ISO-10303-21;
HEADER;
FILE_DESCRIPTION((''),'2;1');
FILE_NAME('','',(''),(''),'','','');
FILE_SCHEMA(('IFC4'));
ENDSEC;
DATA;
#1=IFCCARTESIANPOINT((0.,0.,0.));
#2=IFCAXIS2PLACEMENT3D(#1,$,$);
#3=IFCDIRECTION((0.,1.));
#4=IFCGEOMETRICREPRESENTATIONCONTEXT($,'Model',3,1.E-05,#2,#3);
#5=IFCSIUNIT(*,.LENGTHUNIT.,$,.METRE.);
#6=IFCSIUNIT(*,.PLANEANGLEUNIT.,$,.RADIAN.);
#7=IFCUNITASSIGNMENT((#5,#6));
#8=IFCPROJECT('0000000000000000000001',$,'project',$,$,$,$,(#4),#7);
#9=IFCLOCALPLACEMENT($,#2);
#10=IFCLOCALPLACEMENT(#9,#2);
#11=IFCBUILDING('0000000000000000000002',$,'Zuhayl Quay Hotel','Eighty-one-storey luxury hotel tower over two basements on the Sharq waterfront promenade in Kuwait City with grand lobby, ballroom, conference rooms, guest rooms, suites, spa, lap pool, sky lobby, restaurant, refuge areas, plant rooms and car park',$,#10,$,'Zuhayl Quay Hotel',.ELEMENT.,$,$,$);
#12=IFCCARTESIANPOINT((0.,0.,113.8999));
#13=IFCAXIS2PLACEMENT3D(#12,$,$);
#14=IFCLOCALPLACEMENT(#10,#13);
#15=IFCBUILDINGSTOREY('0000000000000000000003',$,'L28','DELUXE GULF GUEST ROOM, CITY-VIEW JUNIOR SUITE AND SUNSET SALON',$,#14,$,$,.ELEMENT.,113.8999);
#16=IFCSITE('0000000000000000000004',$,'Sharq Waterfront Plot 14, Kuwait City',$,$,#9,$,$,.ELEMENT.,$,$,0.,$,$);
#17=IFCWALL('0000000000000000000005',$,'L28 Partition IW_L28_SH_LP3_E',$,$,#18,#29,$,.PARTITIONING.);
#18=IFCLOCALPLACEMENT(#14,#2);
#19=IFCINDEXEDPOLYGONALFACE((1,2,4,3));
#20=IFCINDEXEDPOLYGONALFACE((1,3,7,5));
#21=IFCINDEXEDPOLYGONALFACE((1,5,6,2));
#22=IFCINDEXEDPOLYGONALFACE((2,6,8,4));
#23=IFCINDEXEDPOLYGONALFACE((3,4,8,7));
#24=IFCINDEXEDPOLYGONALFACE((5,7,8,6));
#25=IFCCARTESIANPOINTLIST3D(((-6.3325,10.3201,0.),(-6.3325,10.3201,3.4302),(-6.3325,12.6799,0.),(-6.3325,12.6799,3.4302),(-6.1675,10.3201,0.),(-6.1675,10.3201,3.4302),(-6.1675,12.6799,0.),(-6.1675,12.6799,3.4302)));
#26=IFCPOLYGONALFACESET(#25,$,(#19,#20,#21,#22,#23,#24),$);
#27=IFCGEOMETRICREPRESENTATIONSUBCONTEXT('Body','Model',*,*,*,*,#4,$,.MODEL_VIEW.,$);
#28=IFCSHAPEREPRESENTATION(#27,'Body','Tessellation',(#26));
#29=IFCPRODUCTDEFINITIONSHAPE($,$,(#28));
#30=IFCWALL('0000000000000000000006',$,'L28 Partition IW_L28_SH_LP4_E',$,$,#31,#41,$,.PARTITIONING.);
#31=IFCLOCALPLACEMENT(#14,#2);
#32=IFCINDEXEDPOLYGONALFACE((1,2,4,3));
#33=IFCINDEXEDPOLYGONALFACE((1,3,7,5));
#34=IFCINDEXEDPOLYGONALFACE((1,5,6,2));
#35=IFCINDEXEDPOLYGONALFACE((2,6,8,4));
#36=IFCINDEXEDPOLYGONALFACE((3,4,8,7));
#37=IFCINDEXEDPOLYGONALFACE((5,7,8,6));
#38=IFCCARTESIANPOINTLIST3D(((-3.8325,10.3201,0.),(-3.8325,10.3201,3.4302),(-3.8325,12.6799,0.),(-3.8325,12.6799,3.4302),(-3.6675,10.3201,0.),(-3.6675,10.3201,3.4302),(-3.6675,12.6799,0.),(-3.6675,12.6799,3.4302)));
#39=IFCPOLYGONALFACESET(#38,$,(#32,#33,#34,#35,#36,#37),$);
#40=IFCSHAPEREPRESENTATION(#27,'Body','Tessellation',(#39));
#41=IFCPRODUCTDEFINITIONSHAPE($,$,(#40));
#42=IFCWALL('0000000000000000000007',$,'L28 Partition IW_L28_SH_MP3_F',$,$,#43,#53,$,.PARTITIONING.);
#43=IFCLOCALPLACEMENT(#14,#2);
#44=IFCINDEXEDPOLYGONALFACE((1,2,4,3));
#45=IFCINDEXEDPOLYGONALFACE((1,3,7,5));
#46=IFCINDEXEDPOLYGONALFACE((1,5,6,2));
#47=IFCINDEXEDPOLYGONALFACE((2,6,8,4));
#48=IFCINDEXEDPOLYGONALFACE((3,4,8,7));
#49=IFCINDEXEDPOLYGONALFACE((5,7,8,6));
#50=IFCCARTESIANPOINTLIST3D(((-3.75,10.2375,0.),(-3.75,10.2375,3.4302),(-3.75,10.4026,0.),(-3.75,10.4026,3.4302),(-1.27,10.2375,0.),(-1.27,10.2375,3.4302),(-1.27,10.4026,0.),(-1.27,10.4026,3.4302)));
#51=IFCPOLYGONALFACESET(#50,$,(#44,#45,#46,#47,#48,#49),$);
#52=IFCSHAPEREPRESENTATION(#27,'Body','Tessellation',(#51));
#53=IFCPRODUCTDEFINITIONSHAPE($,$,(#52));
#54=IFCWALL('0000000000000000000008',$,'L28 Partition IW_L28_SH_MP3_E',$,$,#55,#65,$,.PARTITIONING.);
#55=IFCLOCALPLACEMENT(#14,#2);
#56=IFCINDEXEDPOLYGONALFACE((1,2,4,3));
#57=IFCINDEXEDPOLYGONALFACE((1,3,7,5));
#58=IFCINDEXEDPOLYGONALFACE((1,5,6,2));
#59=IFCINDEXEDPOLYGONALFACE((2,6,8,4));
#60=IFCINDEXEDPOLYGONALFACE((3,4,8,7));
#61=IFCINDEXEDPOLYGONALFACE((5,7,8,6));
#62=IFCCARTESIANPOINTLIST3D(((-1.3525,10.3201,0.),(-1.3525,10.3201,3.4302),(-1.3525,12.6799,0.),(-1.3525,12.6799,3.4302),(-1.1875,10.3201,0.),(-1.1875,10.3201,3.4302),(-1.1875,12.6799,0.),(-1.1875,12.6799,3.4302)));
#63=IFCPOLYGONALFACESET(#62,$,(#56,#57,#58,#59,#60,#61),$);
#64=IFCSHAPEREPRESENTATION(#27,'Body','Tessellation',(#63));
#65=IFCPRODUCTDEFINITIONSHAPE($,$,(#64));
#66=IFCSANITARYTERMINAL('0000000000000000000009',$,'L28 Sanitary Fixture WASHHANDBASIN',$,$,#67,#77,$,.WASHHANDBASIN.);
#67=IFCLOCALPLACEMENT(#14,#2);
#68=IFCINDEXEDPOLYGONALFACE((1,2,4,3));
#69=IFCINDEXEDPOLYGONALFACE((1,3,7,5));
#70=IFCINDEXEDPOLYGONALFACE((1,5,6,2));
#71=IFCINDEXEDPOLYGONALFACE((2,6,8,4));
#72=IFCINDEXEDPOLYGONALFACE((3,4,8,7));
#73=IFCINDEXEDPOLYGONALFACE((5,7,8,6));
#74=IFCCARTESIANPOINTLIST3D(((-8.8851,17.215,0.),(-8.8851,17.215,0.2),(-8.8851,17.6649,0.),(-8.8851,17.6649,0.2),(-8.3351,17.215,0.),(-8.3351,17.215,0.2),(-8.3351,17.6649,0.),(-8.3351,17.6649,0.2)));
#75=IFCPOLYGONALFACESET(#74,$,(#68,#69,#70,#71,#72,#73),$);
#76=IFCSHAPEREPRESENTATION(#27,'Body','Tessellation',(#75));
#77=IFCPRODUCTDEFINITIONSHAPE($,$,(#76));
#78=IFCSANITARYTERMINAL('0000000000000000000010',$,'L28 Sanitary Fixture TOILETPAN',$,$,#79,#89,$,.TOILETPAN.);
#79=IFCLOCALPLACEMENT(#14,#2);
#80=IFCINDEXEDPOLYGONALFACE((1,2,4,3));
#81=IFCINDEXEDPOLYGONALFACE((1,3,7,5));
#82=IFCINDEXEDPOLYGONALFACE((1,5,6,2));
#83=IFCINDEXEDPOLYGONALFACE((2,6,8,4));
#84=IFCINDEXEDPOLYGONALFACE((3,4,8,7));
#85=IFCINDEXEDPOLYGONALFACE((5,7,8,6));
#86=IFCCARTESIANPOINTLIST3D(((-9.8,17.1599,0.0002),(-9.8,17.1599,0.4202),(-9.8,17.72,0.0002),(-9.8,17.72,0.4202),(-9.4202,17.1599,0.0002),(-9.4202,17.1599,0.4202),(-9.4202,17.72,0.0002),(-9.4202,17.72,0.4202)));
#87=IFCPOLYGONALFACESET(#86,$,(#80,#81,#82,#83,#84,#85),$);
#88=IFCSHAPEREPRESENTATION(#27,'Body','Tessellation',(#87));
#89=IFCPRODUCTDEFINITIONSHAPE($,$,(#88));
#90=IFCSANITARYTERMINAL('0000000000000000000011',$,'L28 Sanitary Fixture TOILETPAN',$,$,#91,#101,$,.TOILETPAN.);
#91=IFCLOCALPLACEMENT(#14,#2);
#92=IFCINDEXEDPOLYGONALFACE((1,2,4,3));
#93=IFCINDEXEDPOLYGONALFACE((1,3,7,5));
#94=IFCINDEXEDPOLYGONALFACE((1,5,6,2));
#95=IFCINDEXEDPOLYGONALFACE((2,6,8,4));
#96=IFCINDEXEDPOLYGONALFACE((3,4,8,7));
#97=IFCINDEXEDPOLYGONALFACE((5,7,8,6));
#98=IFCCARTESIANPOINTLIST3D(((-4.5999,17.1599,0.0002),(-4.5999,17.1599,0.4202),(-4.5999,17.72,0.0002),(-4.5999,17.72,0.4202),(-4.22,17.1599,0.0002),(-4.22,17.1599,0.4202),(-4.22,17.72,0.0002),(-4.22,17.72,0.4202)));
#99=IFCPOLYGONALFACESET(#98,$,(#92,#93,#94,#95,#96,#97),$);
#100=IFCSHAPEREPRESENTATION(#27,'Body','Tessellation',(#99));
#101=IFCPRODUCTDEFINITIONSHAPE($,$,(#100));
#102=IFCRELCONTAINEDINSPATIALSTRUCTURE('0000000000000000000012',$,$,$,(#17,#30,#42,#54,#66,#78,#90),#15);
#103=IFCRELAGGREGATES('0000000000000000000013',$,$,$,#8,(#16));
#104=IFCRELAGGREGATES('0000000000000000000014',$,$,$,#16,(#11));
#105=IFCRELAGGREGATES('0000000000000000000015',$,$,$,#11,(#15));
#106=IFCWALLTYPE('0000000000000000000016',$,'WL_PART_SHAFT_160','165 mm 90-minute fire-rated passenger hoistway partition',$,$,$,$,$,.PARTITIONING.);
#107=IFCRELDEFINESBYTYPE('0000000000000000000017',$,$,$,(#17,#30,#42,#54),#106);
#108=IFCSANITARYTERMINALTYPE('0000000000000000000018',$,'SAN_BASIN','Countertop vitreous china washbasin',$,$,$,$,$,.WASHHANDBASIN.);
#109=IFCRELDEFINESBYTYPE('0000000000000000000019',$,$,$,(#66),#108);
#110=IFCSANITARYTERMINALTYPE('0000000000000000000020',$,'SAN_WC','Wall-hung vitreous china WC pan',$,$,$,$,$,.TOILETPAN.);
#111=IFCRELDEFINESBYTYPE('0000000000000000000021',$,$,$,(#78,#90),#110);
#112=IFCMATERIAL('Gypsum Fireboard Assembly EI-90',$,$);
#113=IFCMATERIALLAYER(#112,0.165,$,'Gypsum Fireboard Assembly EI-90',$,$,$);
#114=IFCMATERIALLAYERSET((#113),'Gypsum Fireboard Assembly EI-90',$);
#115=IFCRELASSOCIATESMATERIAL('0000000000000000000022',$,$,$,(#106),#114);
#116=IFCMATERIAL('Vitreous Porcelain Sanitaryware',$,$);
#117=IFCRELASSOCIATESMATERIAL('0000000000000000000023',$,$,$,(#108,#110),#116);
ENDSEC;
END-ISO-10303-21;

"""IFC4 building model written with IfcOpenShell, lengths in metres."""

from ifc_helpers import new_model, si_unit, direction, frame, frame_2d, origin, origin_2d, place, context, subcontext, project, spatial, rectangle, extrude, material, layer, layer_set, type_object, element, save


model = new_model("IFC4")

# Units and contexts
model_context = context("Model", 3, precision=1e-05, world=origin(), true_north=direction((0.0, 1.0)))
body_context = subcontext(model_context, "Body", "Model", "MODEL_VIEW")
ifc_project = project(units=[si_unit("LENGTHUNIT", "METRE"), si_unit("PLANEANGLEUNIT", "RADIAN")], contexts=[model_context])

# Site, building, storey
site_placement = place(None, origin())
site = spatial("IfcSite", under=ifc_project, at=site_placement, Name="Sharq Waterfront Plot 14, Kuwait City", CompositionType="ELEMENT", RefElevation=0.0)
building_placement = place(site_placement, origin())
building = spatial("IfcBuilding", under=site, at=building_placement, Name="Zuhayl Quay Hotel", Description="Eighty-one-storey luxury hotel tower over two basements on the Sharq waterfront promenade in Kuwait City with grand lobby, ballroom, conference rooms, guest rooms, suites, spa, lap pool, sky lobby, restaurant, refuge areas, plant rooms and car park", LongName="Zuhayl Quay Hotel", CompositionType="ELEMENT")
storey_placement = place(building_placement, frame((0.0, 0.0, 113.8999)))
storey = spatial("IfcBuildingStorey", under=building, at=storey_placement, Name="L28", Description="DELUXE GULF GUEST ROOM, CITY-VIEW JUNIOR SUITE AND SUNSET SALON", CompositionType="ELEMENT", Elevation=113.8999)

# Shared definitions
ifc_material_1 = material(Name="Gypsum Fireboard Assembly EI-90")
ifc_layer_1 = layer(ifc_material_1, 0.165, Name="Gypsum Fireboard Assembly EI-90")
ifc_layer_set_1 = layer_set([ifc_layer_1], Name="Gypsum Fireboard Assembly EI-90")
wall_type_1 = type_object("IfcWallType", Name="WL_PART_SHAFT_160", Description="165 mm 90-minute fire-rated passenger hoistway partition", PredefinedType="PARTITIONING", material=ifc_layer_set_1)

# Walls
for number, where, z_axis, x_axis, name in (
    (1, (-6.25, 10.3201, 0.0), (0.0, 0.0, 1.0), (0.0, 1.0, 0.0), "L28 Partition IW_L28_SH_LP3_E"),
    (2, (-3.75, 10.3201, 0.0), (0.0, 0.0, 1.0), (0.0, 1.0, 0.0), "L28 Partition IW_L28_SH_LP4_E"),
):
    element("IfcWall", number, at=place(storey_placement, frame(where, z_axis=z_axis, x_axis=x_axis)), inside=storey, type_object=wall_type_1, Name=name, PredefinedType="PARTITIONING", context=body_context, shape_type="SweptSolid", body=[
        extrude(rectangle(XDim=2.3599, YDim=0.165, at=frame_2d((1.1799, 0.0))), origin(), (0.0, 0.0, 1.0), 3.4302),
    ])
wall_1_placement = place(storey_placement, frame((-3.75, 10.3201, 0.0), z_axis=(0.0, 0.0, 1.0), x_axis=(1.0, 0.0, 0.0)))
element("IfcWall", 3, at=wall_1_placement, inside=storey, type_object=wall_type_1, Name="L28 Partition IW_L28_SH_MP3_F", PredefinedType="PARTITIONING", context=body_context, shape_type="SweptSolid", body=[
    extrude(rectangle(XDim=2.48, YDim=0.165, at=frame_2d((1.24, 0.0))), origin(), (0.0, 0.0, 1.0), 3.4302),
])
wall_2_placement = place(storey_placement, frame((-1.27, 10.3201, 0.0), z_axis=(0.0, 0.0, 1.0), x_axis=(0.0, 1.0, 0.0)))
element("IfcWall", 4, at=wall_2_placement, inside=storey, type_object=wall_type_1, Name="L28 Partition IW_L28_SH_MP3_E", PredefinedType="PARTITIONING", context=body_context, shape_type="SweptSolid", body=[
    extrude(rectangle(XDim=2.3599, YDim=0.165, at=frame_2d((1.1799, 0.0))), origin(), (0.0, 0.0, 1.0), 3.4302),
])

# Sanitary terminals
ifc_material_2 = material(Name="Vitreous Porcelain Sanitaryware")
sanitary_terminal_type_1 = type_object("IfcSanitaryTerminalType", Name="SAN_BASIN", Description="Countertop vitreous china washbasin", PredefinedType="WASHHANDBASIN", material=ifc_material_2)
sanitary_terminal_placement = place(storey_placement, frame((-8.6101, 17.4399, 0.0), z_axis=(0.0, 0.0, 1.0), x_axis=(1.0, 0.0, 0.0)))
element("IfcSanitaryTerminal", 5, at=sanitary_terminal_placement, inside=storey, type_object=sanitary_terminal_type_1, Name="L28 Sanitary Fixture WASHHANDBASIN", PredefinedType="WASHHANDBASIN", context=body_context, shape_type="SweptSolid", body=[
    extrude(rectangle(XDim=0.55, YDim=0.45, at=origin_2d()), origin(), (0.0, 0.0, 1.0), 0.2),
])
sanitary_terminal_type_2 = type_object("IfcSanitaryTerminalType", Name="SAN_WC", Description="Wall-hung vitreous china WC pan", PredefinedType="TOILETPAN", material=ifc_material_2)
for number, where, z_axis, x_axis, name in (
    (6, (-9.6101, 17.4399, 0.0002), (0.0, 0.0, 1.0), (1.0, 0.0, 0.0), "L28 Sanitary Fixture TOILETPAN"),
    (7, (-4.4099, 17.4399, 0.0002), (0.0, 0.0, 1.0), (1.0, 0.0, 0.0), "L28 Sanitary Fixture TOILETPAN"),
):
    element("IfcSanitaryTerminal", number, at=place(storey_placement, frame(where, z_axis=z_axis, x_axis=x_axis)), inside=storey, type_object=sanitary_terminal_type_2, Name=name, PredefinedType="TOILETPAN", context=body_context, shape_type="SweptSolid", body=[
        extrude(rectangle(XDim=0.3799, YDim=0.5601, at=origin_2d()), origin(), (0.0, 0.0, 1.0), 0.4199),
    ])

save(model, "model.ifc")
